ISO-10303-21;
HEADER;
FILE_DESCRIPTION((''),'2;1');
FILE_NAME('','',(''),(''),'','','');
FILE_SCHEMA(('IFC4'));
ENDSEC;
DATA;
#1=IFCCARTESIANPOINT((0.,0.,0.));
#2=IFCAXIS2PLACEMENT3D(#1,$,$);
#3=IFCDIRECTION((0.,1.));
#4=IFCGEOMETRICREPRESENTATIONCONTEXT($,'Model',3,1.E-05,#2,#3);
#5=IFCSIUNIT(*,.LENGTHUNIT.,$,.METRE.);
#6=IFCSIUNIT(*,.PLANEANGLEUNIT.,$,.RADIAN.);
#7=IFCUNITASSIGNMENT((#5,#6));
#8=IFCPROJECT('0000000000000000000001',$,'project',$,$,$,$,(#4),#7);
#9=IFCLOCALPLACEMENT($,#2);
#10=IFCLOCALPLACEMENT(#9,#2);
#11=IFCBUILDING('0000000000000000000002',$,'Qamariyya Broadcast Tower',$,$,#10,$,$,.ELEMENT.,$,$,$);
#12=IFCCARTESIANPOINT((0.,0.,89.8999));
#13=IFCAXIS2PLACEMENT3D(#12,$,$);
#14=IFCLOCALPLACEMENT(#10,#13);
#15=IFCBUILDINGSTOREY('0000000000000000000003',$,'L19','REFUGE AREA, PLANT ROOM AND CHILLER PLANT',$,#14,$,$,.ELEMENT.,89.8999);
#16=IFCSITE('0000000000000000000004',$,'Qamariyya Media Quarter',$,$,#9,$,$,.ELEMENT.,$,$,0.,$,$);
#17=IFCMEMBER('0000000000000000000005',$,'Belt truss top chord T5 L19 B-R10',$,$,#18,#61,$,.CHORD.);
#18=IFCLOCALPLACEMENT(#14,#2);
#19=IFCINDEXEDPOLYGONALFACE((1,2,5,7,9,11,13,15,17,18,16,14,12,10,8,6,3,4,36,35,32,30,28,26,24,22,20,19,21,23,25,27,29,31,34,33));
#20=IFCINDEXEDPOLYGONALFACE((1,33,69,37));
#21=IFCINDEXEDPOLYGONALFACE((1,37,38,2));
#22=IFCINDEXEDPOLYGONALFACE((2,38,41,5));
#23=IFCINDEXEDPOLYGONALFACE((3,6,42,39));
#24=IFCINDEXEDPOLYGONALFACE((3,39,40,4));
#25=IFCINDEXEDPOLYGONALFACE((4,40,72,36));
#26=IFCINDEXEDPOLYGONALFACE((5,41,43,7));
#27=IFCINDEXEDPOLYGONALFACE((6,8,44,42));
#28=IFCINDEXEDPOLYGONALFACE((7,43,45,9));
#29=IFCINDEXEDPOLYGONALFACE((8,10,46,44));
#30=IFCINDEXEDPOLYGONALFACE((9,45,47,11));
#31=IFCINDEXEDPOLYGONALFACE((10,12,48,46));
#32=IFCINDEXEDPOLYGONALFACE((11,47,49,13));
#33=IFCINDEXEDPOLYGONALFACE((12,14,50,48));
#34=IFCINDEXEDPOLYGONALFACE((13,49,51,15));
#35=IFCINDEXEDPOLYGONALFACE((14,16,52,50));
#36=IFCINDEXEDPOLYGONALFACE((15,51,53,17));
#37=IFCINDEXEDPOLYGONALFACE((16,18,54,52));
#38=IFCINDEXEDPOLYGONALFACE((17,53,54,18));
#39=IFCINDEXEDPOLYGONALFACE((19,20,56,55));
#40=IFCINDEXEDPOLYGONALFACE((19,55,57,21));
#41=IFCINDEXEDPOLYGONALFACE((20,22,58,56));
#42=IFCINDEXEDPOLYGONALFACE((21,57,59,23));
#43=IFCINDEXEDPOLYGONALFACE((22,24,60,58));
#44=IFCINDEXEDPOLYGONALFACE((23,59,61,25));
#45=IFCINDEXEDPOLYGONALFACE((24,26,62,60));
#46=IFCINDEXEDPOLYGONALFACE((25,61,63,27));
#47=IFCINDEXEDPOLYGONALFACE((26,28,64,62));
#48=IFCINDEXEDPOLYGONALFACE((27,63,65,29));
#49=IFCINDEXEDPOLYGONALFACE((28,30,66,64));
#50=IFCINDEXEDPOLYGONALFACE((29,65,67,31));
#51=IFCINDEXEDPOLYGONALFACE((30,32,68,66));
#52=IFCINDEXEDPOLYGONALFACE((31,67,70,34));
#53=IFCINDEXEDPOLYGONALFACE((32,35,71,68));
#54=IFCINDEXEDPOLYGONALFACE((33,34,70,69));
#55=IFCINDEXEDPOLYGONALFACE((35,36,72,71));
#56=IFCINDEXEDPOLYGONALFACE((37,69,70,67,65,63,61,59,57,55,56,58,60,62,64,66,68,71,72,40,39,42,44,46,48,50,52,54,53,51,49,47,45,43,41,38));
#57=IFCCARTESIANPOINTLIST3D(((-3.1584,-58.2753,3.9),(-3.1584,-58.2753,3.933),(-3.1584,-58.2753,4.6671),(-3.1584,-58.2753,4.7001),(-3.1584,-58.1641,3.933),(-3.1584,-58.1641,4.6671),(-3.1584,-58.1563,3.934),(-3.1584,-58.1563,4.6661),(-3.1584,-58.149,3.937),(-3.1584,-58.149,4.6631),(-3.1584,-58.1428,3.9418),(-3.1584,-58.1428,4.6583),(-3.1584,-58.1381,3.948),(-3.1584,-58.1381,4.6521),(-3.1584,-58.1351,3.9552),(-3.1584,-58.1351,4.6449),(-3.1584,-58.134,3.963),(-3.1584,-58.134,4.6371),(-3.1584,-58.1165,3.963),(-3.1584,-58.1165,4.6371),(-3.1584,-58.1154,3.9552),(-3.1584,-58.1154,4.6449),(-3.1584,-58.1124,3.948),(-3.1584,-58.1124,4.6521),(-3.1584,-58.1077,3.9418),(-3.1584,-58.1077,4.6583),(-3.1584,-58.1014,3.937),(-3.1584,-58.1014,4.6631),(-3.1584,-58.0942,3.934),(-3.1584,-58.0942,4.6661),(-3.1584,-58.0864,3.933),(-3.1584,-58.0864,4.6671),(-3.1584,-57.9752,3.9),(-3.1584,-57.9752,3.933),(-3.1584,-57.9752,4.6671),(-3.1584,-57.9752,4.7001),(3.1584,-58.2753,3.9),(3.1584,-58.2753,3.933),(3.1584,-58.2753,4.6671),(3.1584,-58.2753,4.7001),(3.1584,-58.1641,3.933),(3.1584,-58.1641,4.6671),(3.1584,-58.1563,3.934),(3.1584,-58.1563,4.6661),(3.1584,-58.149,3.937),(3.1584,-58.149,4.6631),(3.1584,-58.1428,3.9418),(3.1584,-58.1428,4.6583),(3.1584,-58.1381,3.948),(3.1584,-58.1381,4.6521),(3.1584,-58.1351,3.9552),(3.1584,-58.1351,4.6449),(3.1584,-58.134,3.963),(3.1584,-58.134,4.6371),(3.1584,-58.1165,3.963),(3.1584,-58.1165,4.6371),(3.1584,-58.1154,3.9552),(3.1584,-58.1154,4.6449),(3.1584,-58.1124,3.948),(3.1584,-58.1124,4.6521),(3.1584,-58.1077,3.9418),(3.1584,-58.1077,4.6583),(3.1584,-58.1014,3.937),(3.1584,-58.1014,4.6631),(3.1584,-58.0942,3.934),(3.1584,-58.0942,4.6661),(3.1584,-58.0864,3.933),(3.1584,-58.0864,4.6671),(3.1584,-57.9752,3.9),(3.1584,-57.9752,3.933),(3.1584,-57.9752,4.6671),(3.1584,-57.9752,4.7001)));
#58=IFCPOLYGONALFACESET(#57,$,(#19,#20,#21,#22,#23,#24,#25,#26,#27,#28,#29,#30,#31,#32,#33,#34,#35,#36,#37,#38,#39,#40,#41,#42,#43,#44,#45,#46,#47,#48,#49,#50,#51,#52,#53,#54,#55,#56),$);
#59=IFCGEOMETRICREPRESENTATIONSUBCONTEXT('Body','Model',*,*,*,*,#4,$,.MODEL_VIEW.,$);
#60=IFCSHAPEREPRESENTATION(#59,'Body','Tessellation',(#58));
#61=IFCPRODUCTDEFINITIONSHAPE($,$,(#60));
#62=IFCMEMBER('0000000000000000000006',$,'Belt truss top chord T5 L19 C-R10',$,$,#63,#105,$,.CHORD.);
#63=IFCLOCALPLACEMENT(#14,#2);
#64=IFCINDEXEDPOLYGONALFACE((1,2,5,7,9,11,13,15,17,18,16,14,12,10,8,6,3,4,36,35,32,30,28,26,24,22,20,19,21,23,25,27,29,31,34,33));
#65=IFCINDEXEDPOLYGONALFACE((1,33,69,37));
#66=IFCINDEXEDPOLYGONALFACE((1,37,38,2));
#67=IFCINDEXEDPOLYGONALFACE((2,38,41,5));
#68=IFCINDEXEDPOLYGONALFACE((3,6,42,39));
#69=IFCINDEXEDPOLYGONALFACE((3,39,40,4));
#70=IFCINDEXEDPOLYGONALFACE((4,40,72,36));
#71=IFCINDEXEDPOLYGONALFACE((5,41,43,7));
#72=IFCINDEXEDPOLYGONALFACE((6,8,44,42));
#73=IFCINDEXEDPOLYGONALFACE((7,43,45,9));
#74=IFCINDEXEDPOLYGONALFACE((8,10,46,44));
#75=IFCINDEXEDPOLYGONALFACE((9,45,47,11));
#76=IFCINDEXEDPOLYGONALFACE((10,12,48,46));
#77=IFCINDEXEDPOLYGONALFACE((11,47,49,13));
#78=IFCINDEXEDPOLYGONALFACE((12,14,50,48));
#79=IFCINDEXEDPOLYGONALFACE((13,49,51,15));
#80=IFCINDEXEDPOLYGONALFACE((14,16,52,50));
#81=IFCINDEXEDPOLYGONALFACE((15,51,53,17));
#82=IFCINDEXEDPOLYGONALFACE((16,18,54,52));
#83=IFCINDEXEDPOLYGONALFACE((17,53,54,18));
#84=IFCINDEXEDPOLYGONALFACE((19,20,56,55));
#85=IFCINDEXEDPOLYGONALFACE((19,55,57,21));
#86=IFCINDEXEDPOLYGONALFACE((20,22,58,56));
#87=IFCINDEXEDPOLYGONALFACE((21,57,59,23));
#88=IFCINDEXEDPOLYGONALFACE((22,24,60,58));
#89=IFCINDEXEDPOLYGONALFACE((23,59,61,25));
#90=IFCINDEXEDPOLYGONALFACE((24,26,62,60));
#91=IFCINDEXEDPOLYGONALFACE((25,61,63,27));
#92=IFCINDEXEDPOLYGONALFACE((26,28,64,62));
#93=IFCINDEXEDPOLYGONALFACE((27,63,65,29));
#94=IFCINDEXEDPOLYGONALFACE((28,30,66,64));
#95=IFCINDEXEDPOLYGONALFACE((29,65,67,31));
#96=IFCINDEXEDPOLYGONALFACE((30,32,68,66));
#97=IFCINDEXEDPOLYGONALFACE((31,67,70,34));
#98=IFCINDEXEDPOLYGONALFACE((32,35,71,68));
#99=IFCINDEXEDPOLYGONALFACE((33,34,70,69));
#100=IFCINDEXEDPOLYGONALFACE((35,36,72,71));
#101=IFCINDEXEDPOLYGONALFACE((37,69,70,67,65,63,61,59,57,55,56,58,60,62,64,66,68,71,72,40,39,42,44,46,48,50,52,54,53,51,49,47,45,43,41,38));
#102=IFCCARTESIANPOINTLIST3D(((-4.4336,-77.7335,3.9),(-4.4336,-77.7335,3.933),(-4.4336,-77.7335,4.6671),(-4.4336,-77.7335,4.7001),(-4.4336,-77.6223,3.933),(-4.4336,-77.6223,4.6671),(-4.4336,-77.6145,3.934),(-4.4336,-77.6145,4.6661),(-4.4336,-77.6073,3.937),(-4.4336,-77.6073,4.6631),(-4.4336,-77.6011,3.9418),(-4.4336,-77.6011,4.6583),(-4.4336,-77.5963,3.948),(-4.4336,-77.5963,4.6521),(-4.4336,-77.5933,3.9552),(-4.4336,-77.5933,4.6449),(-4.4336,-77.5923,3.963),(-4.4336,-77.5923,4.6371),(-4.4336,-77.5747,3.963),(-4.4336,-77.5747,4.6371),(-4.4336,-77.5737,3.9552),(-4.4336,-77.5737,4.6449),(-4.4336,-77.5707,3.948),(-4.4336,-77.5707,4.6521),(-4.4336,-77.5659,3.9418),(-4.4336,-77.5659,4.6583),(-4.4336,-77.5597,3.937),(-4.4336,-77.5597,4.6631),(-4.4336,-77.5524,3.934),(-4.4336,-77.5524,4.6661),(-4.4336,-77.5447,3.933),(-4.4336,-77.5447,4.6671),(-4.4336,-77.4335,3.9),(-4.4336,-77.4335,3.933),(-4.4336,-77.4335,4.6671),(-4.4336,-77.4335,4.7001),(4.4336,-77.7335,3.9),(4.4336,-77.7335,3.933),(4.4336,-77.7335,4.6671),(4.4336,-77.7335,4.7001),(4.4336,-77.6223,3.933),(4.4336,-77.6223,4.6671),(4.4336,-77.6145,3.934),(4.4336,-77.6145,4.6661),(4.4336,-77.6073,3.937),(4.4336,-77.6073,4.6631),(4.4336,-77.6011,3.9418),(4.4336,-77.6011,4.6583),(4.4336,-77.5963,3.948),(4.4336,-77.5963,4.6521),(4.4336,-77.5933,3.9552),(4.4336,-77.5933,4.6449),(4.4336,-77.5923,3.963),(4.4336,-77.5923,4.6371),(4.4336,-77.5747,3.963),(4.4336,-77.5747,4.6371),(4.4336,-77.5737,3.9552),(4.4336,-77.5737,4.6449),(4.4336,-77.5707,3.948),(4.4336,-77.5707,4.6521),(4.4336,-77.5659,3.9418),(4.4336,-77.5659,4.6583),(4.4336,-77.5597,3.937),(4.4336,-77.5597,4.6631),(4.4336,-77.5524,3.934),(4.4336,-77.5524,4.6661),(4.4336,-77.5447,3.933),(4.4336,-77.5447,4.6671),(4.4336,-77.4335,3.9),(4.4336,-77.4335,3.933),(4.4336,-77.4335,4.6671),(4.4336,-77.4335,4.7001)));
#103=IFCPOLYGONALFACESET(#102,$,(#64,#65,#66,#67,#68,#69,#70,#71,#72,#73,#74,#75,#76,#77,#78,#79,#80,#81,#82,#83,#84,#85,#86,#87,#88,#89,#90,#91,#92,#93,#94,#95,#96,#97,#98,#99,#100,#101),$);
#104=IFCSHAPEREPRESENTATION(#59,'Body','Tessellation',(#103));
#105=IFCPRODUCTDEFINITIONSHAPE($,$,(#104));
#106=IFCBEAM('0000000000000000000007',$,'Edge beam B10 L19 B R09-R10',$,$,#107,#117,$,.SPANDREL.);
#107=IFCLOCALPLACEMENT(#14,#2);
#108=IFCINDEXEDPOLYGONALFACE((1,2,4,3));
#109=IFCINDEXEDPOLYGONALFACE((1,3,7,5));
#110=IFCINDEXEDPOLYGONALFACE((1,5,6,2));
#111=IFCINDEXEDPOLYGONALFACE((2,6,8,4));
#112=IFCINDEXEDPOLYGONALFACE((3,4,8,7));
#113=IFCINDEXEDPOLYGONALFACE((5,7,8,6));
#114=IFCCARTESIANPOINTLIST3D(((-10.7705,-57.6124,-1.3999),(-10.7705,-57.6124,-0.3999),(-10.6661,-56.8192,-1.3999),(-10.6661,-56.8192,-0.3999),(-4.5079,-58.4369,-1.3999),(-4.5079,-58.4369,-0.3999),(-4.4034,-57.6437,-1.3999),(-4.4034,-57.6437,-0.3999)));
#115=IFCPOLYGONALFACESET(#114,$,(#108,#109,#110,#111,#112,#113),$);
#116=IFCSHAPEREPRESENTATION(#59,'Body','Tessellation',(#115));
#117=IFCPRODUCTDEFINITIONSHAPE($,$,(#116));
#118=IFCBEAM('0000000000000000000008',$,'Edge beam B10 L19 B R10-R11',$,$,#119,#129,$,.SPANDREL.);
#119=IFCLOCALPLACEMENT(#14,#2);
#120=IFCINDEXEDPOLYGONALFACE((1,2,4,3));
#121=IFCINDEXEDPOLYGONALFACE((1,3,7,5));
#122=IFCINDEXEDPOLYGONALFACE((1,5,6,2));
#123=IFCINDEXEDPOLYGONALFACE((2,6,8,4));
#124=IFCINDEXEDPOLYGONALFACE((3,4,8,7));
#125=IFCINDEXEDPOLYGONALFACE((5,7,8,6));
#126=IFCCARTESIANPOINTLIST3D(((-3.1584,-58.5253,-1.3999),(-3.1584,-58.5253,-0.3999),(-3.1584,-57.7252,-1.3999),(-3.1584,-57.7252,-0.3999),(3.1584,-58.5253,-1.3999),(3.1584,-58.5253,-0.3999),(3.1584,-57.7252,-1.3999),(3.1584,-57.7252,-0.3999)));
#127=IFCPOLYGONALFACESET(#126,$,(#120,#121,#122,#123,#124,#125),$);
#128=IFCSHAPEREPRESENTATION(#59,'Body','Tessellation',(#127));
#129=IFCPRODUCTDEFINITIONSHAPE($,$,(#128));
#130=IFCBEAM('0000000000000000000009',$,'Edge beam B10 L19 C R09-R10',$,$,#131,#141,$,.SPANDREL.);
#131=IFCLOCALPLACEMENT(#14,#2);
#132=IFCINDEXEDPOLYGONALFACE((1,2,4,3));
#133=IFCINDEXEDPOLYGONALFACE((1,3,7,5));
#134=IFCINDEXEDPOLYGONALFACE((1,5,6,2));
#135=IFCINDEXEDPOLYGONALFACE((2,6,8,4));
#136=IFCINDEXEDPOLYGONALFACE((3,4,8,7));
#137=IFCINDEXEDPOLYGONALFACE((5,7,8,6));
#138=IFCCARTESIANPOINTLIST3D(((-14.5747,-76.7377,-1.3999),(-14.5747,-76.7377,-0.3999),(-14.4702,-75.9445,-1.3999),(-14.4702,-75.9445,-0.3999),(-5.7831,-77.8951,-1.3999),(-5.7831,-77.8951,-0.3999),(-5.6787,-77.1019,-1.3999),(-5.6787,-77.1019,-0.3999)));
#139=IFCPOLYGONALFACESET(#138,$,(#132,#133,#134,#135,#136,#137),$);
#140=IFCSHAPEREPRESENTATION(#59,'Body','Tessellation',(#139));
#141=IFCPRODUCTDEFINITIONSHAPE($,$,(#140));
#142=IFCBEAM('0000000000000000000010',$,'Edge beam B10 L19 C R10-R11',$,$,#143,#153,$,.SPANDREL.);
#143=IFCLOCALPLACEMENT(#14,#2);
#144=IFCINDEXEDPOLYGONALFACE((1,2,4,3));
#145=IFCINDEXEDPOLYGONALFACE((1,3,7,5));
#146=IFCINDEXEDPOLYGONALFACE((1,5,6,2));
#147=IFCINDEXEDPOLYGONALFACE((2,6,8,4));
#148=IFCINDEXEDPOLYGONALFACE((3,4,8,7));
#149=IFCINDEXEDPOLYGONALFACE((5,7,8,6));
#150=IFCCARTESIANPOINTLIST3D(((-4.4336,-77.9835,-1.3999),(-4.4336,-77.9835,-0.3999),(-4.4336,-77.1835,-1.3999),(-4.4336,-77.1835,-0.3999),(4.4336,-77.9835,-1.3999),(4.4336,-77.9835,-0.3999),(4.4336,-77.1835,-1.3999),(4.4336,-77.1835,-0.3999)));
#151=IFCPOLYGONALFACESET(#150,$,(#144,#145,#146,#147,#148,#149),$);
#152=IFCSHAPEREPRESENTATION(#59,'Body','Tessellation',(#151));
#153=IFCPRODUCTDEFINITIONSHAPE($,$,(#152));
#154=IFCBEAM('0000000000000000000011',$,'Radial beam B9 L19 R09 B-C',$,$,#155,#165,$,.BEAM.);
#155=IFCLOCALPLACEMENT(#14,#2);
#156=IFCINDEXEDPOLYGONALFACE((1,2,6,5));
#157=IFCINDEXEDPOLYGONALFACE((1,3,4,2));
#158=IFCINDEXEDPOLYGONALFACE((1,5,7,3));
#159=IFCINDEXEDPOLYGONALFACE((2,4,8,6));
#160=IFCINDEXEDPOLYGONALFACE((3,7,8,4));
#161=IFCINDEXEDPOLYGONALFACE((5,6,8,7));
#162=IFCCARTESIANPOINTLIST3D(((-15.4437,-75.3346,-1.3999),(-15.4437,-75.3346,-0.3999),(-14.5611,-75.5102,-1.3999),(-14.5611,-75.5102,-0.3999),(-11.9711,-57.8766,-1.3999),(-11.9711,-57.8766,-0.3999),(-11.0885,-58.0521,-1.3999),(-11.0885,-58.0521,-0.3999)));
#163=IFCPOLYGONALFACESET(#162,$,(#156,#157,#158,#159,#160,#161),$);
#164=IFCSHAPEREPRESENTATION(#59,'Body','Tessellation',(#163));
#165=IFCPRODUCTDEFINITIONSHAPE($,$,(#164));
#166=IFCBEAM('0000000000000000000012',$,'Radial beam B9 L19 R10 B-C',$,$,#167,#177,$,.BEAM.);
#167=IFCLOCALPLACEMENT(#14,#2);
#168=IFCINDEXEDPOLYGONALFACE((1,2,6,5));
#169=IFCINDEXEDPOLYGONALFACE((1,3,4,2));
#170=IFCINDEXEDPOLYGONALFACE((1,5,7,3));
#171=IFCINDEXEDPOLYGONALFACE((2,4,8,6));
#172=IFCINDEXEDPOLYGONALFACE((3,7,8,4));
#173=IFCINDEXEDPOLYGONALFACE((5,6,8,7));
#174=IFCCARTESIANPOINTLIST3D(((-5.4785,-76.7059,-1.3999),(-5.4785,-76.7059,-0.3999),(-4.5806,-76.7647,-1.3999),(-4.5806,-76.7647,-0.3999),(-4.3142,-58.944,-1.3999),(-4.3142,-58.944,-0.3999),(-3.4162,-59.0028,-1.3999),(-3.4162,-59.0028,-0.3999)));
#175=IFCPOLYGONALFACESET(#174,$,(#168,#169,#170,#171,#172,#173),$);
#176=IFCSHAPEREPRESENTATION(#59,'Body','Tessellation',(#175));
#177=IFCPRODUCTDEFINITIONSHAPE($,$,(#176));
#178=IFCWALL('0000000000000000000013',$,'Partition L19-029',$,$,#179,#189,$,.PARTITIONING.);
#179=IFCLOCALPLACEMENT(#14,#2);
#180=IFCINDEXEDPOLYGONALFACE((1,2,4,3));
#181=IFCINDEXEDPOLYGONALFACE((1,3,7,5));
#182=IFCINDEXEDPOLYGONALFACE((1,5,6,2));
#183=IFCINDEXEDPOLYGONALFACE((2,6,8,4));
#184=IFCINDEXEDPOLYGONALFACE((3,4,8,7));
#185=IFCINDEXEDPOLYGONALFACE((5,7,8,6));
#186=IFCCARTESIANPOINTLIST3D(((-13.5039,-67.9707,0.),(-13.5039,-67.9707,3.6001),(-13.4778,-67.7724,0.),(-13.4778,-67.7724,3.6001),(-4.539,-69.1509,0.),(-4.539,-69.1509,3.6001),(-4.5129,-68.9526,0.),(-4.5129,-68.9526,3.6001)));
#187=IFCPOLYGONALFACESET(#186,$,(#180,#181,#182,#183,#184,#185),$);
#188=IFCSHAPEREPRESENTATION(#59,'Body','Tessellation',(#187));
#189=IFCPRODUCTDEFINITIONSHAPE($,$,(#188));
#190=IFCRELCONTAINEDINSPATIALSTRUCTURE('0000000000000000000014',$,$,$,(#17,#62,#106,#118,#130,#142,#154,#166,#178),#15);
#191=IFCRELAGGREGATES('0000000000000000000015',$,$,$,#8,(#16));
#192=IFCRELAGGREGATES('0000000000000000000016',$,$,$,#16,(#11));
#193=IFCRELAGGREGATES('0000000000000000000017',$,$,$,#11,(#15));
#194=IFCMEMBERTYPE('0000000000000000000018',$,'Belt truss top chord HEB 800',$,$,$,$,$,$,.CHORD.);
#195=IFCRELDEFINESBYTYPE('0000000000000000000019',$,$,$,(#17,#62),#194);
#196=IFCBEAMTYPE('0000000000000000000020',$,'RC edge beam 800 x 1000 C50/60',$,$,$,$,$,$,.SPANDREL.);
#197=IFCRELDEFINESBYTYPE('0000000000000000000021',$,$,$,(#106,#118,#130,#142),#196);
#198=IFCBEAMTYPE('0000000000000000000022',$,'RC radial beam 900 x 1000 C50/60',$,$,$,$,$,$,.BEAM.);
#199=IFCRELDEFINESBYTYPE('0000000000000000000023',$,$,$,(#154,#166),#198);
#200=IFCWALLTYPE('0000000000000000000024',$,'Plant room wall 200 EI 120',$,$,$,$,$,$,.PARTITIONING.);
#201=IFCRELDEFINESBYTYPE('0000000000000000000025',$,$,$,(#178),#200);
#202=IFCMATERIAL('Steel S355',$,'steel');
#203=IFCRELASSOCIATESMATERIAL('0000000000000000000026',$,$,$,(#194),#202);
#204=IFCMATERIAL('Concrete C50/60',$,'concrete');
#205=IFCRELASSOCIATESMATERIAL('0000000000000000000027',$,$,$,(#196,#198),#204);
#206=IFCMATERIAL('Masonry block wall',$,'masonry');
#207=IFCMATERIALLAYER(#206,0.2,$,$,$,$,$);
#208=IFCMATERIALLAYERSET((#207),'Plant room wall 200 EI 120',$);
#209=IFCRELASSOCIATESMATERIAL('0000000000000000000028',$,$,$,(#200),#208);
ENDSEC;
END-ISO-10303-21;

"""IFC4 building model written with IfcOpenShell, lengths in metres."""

from ifc_helpers import new_model, si_unit, direction, frame, frame_2d, origin, origin_2d, place, context, subcontext, project, spatial, rectangle, i_section, extrude, material, layer, layer_set, material_profile, profile_set, type_object, element, save


model = new_model("IFC4")

# Units and contexts
model_context = context("Model", 3, precision=1e-05, world=origin(), true_north=direction((0.0, 1.0)))
body_context = subcontext(model_context, "Body", "Model", "MODEL_VIEW")
ifc_project = project(units=[si_unit("LENGTHUNIT", "METRE"), si_unit("PLANEANGLEUNIT", "RADIAN")], contexts=[model_context])

# Site, building, storey
site_placement = place(None, origin())
site = spatial("IfcSite", under=ifc_project, at=site_placement, Name="Qamariyya Media Quarter", CompositionType="ELEMENT", RefElevation=0.0)
building_placement = place(site_placement, origin())
building = spatial("IfcBuilding", under=site, at=building_placement, Name="Qamariyya Broadcast Tower", CompositionType="ELEMENT")
storey_placement = place(building_placement, frame((0.0, 0.0, 89.8999)))
storey = spatial("IfcBuildingStorey", under=building, at=storey_placement, Name="L19", Description="REFUGE AREA, PLANT ROOM AND CHILLER PLANT", CompositionType="ELEMENT", Elevation=89.8999)

# Members
ifc_material_1 = material(Name="Steel S355", Category="steel")
ifc_material_profile_1 = material_profile(ifc_material_1, i_section(OverallWidth=0.3, OverallDepth=0.8, WebThickness=0.0176, FlangeThickness=0.033, FilletRadius=0.03, at=origin_2d()))
ifc_profile_set_1 = profile_set([ifc_material_profile_1], Name="Steel S355")
member_type_1 = type_object("IfcMemberType", Name="Belt truss top chord HEB 800", PredefinedType="CHORD", material=ifc_profile_set_1)
member_1_placement = place(storey_placement, frame((-3.1584, -58.1252, 4.3), z_axis=(1.0, 0.0, 0.0), x_axis=(0.0, 1.0, 0.0)))
element("IfcMember", 1, at=member_1_placement, inside=storey, type_object=member_type_1, Name="Belt truss top chord T5 L19 B-R10", PredefinedType="CHORD", context=body_context, shape_type="SweptSolid", body=[
    extrude(i_section(OverallWidth=0.3, OverallDepth=0.8, WebThickness=0.0176, FlangeThickness=0.033, FilletRadius=0.03, at=origin_2d()), origin(), (0.0, 0.0, 1.0), 6.3169),
])
member_2_placement = place(storey_placement, frame((-4.4336, -77.5835, 4.3), z_axis=(1.0, 0.0, 0.0), x_axis=(0.0, 1.0, 0.0)))
element("IfcMember", 2, at=member_2_placement, inside=storey, type_object=member_type_1, Name="Belt truss top chord T5 L19 C-R10", PredefinedType="CHORD", context=body_context, shape_type="SweptSolid", body=[
    extrude(i_section(OverallWidth=0.3, OverallDepth=0.8, WebThickness=0.0176, FlangeThickness=0.033, FilletRadius=0.03, at=origin_2d()), origin(), (0.0, 0.0, 1.0), 8.8672),
])

# Beams
ifc_material_2 = material(Name="Concrete C50/60", Category="concrete")
ifc_material_profile_2 = material_profile(ifc_material_2, rectangle(XDim=0.8, YDim=1.0, at=origin_2d()))
ifc_profile_set_2 = profile_set([ifc_material_profile_2], Name="Concrete C50/60")
beam_type_1 = type_object("IfcBeamType", Name="RC edge beam 800 x 1000 C50/60", PredefinedType="SPANDREL", material=ifc_profile_set_2)
beam_1_placement = place(storey_placement, frame((-10.7183, -57.2158, -0.8999), z_axis=(0.991446, -0.13052, 0.0), x_axis=(0.13052, 0.991446, 0.0)))
element("IfcBeam", 3, at=beam_1_placement, inside=storey, type_object=beam_type_1, Name="Edge beam B10 L19 B R09-R10", PredefinedType="SPANDREL", context=body_context, shape_type="SweptSolid", body=[
    extrude(rectangle(XDim=0.8, YDim=1.0, at=origin_2d()), origin(), (0.0, 0.0, 1.0), 6.3167),
])
beam_2_placement = place(storey_placement, frame((-3.1584, -58.1252, -0.8999), z_axis=(1.0, 0.0, 0.0), x_axis=(0.0, 1.0, 0.0)))
element("IfcBeam", 4, at=beam_2_placement, inside=storey, type_object=beam_type_1, Name="Edge beam B10 L19 B R10-R11", PredefinedType="SPANDREL", context=body_context, shape_type="SweptSolid", body=[
    extrude(rectangle(XDim=0.8, YDim=1.0, at=origin_2d()), origin(), (0.0, 0.0, 1.0), 6.3169),
])
beam_3_placement = place(storey_placement, frame((-14.5225, -76.3411, -0.8999), z_axis=(0.991444, -0.130531, 0.0), x_axis=(0.130531, 0.991444, 0.0)))
element("IfcBeam", 5, at=beam_3_placement, inside=storey, type_object=beam_type_1, Name="Edge beam B10 L19 C R09-R10", PredefinedType="SPANDREL", context=body_context, shape_type="SweptSolid", body=[
    extrude(rectangle(XDim=0.8, YDim=1.0, at=origin_2d()), origin(), (0.0, 0.0, 1.0), 8.8674),
])
beam_4_placement = place(storey_placement, frame((-4.4336, -77.5835, -0.8999), z_axis=(1.0, 0.0, 0.0), x_axis=(0.0, 1.0, 0.0)))
element("IfcBeam", 6, at=beam_4_placement, inside=storey, type_object=beam_type_1, Name="Edge beam B10 L19 C R10-R11", PredefinedType="SPANDREL", context=body_context, shape_type="SweptSolid", body=[
    extrude(rectangle(XDim=0.8, YDim=1.0, at=origin_2d()), origin(), (0.0, 0.0, 1.0), 8.8672),
])
ifc_material_profile_3 = material_profile(ifc_material_2, rectangle(XDim=0.8999, YDim=1.0, at=origin_2d()))
ifc_profile_set_3 = profile_set([ifc_material_profile_3], Name="Concrete C50/60")
beam_type_2 = type_object("IfcBeamType", Name="RC radial beam 900 x 1000 C50/60", PredefinedType="BEAM", material=ifc_profile_set_3)
for number, where, z_axis, x_axis, name in (
    (7, (-11.5298, -57.9644, -0.8999), (-0.195093, -0.980785, 0.0), (0.980785, -0.195093, 0.0), "Radial beam B9 L19 R09 B-C"),
    (8, (-3.8652, -58.9734, -0.8999), (-0.06541, -0.997858, 0.0), (0.997858, -0.06541, 0.0), "Radial beam B9 L19 R10 B-C"),
):
    element("IfcBeam", number, at=place(storey_placement, frame(where, z_axis=z_axis, x_axis=x_axis)), inside=storey, type_object=beam_type_2, Name=name, PredefinedType="BEAM", context=body_context, shape_type="SweptSolid", body=[
        extrude(rectangle(XDim=0.8999, YDim=1.0, at=origin_2d()), origin(), (0.0, 0.0, 1.0), 17.8),
    ])

# Shared definitions
ifc_material_3 = material(Name="Masonry block wall", Category="masonry")
ifc_layer_1 = layer(ifc_material_3, 0.2)
ifc_layer_set_1 = layer_set([ifc_layer_1], Name="Plant room wall 200 EI 120")
wall_type_1 = type_object("IfcWallType", Name="Plant room wall 200 EI 120", PredefinedType="PARTITIONING", material=ifc_layer_set_1)

# Wall
wall_1_placement = place(storey_placement, frame((-13.4907, -67.8716, 0.0), z_axis=(0.0, 0.0, 1.0), x_axis=(0.991446, -0.130519, 0.0)))
element("IfcWall", 9, at=wall_1_placement, inside=storey, type_object=wall_type_1, Name="Partition L19-029", PredefinedType="PARTITIONING", context=body_context, shape_type="SweptSolid", body=[
    extrude(rectangle(XDim=9.0422, YDim=0.2, at=frame_2d((4.521, 0.0))), origin(), (0.0, 0.0, 1.0), 3.6001),
])

save(model, "model.ifc")
